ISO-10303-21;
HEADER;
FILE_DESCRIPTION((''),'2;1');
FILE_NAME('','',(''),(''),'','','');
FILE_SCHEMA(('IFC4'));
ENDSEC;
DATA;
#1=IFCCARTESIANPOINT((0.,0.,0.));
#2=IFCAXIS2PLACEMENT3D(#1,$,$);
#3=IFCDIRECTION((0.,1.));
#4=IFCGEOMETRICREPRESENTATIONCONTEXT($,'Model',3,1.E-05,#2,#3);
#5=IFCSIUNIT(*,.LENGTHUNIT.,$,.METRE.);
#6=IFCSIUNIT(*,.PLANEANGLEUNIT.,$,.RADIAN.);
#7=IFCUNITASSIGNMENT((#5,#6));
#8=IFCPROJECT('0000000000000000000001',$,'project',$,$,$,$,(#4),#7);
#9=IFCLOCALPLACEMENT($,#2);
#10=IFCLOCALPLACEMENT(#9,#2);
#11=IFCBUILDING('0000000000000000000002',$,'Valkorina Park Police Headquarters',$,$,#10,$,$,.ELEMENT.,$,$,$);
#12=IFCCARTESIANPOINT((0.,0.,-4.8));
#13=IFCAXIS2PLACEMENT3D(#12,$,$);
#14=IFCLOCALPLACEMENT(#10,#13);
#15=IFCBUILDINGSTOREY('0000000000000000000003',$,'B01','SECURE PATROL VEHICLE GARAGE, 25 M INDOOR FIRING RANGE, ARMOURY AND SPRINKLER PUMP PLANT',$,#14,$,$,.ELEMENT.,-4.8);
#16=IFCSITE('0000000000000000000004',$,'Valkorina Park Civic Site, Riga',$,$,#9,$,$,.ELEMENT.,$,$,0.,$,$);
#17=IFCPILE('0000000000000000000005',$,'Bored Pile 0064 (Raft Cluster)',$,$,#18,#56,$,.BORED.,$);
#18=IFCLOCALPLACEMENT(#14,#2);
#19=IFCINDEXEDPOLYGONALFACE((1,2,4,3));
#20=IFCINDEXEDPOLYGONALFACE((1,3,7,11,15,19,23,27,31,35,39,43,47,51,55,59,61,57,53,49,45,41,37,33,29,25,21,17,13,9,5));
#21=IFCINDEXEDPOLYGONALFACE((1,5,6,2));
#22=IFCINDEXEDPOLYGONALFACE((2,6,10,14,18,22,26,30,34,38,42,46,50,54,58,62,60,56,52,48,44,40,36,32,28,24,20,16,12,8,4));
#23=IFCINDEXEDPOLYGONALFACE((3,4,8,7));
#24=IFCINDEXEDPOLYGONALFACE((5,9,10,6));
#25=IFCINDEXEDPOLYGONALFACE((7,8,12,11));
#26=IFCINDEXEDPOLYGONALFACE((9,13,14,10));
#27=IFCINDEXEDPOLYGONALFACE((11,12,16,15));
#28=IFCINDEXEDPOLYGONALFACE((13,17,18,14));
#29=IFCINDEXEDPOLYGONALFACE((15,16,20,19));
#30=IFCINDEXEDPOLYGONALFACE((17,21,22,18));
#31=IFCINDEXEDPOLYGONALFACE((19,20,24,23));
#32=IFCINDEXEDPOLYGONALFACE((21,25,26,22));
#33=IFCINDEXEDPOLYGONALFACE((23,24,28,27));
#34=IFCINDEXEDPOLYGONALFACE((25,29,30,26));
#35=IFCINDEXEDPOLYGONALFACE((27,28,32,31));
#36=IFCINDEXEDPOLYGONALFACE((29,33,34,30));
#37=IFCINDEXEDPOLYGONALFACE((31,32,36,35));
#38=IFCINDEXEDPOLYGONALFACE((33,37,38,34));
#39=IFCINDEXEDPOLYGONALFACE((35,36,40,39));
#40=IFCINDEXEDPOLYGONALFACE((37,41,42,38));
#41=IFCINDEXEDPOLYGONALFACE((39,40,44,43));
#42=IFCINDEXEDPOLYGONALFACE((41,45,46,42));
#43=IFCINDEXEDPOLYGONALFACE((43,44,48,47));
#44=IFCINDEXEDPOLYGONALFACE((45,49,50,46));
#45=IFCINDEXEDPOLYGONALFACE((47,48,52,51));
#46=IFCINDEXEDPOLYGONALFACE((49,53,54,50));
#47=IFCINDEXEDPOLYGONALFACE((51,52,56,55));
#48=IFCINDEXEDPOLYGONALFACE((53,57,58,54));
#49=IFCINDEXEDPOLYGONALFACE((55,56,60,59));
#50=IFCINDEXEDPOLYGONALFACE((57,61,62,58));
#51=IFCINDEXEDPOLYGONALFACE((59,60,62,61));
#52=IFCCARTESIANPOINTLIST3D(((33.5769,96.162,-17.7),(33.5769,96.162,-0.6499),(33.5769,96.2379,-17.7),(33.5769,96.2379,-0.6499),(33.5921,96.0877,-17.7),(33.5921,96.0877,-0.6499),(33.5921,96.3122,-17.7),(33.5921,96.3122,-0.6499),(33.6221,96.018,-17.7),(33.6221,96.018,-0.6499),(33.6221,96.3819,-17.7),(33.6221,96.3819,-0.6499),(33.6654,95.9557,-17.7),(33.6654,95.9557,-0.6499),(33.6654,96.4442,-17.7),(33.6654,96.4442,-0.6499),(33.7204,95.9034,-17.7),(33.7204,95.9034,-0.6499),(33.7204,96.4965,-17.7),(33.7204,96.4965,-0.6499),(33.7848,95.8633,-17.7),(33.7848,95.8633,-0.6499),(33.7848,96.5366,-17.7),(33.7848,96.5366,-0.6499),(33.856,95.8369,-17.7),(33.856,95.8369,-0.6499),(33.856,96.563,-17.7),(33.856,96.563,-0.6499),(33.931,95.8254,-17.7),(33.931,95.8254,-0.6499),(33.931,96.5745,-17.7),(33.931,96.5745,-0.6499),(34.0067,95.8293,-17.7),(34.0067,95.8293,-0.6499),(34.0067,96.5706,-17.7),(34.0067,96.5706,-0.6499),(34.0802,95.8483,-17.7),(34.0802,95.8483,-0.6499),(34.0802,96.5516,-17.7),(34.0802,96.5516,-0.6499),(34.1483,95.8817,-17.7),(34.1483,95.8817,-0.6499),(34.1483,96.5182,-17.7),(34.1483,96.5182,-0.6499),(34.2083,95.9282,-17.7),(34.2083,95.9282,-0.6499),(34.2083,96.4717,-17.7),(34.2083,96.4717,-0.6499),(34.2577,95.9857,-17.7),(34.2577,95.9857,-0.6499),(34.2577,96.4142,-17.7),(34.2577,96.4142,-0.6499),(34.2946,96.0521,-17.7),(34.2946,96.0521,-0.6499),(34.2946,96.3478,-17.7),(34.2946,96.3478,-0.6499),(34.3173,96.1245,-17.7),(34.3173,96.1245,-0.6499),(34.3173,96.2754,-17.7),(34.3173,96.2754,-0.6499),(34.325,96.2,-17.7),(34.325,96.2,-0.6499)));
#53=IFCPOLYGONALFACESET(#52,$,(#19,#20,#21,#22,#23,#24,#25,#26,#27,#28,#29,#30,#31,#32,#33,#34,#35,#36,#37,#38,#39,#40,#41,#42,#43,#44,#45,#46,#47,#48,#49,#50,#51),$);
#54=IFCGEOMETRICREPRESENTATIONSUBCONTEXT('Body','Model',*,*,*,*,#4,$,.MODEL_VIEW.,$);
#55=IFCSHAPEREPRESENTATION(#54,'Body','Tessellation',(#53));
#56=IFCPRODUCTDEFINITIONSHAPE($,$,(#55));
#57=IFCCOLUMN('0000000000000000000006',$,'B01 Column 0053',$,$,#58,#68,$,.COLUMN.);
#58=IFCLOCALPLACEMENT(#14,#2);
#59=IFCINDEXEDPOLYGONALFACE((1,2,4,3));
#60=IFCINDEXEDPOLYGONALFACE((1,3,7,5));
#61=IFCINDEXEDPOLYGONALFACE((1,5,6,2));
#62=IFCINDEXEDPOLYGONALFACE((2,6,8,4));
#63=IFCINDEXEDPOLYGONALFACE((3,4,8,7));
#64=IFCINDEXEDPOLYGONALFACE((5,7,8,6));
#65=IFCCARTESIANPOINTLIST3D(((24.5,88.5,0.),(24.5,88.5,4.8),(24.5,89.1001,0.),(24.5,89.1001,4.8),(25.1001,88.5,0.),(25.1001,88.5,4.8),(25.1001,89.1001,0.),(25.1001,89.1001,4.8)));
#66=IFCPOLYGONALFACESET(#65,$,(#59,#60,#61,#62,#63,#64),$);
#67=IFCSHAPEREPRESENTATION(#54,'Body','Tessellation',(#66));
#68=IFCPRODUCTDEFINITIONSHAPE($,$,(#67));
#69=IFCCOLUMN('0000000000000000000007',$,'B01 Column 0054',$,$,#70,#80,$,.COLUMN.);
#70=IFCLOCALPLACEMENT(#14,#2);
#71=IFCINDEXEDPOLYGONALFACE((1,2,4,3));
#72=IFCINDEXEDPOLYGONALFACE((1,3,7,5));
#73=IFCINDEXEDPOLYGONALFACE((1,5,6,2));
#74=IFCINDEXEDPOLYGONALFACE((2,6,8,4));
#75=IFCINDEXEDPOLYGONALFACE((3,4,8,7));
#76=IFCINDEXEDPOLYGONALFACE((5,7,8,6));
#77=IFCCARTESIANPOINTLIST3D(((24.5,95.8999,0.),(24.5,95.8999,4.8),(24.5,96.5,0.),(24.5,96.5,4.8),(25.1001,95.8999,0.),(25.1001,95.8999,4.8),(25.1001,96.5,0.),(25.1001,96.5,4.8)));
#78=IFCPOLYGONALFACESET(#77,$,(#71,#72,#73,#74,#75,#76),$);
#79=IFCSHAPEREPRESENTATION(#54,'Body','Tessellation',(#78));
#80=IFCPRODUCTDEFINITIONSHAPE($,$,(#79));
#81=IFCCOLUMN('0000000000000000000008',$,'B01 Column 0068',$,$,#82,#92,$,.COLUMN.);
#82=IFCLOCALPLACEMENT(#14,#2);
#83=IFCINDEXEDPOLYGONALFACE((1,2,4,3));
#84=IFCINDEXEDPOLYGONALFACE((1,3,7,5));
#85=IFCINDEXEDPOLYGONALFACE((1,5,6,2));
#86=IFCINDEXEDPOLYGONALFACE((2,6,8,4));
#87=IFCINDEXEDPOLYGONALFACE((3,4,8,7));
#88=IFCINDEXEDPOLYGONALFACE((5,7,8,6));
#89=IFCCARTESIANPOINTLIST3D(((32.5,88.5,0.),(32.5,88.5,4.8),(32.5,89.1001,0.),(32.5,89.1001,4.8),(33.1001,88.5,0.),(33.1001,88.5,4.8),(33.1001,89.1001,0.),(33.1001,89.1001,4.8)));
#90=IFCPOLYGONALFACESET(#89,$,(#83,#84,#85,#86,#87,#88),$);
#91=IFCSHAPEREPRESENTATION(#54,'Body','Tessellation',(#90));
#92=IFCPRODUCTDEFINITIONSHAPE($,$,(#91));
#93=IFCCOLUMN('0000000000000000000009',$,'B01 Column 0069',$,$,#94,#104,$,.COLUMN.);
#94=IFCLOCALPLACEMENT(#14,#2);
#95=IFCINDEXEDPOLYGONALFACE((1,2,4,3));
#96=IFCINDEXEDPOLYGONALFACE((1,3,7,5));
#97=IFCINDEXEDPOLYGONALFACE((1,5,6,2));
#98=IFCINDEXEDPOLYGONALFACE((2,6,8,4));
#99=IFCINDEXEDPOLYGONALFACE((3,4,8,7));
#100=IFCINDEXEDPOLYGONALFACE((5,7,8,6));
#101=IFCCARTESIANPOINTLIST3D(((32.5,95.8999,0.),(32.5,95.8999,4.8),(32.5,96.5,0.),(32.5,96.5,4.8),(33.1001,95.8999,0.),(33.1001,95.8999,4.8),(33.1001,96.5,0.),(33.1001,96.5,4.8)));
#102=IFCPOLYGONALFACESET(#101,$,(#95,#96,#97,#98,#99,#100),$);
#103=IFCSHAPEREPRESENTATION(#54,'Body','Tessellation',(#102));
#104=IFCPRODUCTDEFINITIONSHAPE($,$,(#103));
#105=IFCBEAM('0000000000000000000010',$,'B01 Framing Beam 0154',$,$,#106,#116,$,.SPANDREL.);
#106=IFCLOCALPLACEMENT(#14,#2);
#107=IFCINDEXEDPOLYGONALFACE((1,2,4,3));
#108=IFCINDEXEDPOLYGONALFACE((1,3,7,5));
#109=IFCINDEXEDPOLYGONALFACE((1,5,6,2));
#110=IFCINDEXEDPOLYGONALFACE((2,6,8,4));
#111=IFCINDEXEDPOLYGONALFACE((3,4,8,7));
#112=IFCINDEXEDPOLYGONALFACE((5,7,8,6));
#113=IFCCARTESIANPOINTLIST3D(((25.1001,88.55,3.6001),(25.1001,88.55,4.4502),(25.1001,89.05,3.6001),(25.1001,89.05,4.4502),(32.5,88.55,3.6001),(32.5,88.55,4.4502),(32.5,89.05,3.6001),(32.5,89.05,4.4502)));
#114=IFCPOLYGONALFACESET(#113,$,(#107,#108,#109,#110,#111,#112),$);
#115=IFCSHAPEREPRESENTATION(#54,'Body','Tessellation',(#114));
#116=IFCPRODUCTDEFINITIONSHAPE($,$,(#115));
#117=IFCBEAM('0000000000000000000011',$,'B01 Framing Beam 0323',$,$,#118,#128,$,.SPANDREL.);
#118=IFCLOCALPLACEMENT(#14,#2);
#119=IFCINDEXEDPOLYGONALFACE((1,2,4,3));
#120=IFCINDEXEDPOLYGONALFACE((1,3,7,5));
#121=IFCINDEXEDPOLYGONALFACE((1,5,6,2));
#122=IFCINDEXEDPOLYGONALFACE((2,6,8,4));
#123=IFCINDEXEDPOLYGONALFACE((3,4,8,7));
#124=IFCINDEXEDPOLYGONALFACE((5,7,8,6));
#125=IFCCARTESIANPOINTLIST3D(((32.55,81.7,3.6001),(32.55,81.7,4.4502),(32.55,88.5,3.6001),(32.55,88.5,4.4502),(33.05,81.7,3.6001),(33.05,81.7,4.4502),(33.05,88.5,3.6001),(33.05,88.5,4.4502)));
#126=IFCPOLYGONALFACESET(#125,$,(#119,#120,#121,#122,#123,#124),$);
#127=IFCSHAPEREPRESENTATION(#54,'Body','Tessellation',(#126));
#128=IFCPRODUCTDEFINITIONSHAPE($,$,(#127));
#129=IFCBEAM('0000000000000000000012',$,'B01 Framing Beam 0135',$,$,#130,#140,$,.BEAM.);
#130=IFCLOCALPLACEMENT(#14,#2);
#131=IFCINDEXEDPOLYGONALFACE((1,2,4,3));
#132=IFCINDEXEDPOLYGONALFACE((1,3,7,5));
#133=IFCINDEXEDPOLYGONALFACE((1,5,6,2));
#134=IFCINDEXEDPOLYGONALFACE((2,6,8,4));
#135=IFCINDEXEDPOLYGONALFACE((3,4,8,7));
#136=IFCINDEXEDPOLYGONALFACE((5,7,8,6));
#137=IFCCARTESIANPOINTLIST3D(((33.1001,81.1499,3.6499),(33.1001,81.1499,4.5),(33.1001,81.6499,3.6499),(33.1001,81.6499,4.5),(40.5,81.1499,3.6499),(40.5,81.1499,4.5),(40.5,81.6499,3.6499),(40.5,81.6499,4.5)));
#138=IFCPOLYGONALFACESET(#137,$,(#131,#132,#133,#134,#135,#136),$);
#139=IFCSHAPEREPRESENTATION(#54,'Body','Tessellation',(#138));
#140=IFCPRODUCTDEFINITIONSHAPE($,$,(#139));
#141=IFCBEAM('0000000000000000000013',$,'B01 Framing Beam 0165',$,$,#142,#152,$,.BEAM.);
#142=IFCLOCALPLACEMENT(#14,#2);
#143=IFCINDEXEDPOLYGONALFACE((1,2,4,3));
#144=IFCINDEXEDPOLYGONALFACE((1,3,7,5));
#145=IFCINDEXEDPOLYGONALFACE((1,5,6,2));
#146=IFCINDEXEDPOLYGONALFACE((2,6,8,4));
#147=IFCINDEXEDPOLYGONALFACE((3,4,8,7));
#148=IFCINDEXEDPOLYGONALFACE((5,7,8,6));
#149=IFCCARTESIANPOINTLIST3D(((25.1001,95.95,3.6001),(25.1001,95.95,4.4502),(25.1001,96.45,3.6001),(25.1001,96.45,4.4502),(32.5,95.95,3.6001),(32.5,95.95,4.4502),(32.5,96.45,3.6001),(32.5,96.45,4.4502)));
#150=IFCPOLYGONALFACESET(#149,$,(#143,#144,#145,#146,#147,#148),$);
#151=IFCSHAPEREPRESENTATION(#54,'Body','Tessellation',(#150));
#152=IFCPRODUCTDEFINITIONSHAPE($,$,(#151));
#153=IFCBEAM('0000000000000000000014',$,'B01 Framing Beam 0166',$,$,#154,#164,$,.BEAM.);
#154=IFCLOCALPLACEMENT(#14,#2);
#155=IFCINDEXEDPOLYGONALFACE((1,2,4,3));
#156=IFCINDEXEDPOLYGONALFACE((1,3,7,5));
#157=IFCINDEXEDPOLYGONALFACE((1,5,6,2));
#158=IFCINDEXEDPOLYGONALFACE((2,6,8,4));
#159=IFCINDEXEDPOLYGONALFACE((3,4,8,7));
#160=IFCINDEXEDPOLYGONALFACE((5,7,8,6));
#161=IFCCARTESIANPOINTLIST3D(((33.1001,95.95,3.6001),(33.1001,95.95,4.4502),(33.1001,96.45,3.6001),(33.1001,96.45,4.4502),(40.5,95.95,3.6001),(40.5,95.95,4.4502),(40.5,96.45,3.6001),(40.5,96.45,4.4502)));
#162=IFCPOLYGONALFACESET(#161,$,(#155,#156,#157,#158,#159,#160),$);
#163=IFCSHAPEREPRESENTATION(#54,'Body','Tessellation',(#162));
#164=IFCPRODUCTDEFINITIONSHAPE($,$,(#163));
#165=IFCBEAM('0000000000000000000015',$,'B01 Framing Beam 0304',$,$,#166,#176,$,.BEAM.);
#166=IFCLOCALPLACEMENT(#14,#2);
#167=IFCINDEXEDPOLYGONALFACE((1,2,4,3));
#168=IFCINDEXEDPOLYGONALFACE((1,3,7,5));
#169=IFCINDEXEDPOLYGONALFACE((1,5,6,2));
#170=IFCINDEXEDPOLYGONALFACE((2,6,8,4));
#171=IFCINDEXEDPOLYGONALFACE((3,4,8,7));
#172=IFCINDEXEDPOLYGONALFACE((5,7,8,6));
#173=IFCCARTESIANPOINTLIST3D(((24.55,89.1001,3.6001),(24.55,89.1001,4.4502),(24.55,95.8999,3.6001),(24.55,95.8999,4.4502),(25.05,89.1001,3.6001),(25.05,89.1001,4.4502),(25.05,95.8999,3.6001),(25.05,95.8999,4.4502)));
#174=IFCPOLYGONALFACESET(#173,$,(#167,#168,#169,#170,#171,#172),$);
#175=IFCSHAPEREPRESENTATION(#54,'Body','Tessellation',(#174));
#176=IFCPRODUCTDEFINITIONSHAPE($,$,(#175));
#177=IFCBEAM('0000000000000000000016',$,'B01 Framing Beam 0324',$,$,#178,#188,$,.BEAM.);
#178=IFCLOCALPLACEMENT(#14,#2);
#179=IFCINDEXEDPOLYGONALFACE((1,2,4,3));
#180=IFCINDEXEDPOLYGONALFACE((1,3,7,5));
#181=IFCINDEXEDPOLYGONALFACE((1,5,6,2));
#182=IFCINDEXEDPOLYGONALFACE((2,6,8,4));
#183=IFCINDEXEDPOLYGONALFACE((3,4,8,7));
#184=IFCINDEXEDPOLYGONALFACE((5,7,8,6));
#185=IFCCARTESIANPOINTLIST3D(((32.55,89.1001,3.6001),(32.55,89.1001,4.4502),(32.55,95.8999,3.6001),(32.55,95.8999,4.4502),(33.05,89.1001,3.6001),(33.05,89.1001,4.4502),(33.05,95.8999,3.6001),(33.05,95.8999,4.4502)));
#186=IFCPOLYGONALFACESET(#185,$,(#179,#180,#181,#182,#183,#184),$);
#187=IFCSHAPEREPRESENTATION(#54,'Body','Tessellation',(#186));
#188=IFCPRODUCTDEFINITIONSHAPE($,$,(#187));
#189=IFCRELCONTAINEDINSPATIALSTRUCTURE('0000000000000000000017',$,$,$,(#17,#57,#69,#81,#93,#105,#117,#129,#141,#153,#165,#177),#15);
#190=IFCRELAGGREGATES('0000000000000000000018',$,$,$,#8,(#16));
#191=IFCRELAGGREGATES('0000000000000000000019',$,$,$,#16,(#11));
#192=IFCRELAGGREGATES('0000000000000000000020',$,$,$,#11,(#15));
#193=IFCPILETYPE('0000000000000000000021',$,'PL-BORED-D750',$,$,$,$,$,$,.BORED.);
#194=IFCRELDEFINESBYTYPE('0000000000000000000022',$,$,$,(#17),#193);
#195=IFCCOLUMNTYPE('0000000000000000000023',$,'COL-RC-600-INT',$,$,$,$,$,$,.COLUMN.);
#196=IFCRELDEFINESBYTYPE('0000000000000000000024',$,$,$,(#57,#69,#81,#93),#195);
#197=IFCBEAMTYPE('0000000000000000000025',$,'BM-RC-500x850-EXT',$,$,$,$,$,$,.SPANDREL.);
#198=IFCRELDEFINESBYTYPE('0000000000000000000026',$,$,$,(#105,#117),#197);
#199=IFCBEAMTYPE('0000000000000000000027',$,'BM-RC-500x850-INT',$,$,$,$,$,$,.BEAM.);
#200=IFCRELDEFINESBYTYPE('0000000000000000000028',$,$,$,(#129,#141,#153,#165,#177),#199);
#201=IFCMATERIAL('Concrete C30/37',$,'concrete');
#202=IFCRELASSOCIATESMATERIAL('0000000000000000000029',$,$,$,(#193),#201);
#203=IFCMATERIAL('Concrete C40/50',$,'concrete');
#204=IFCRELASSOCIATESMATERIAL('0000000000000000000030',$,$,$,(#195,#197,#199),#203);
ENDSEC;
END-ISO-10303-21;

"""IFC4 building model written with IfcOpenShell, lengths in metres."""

from ifc_helpers import new_model, si_unit, direction, frame, origin, origin_2d, place, context, subcontext, project, spatial, rectangle, circle, extrude, material, material_profile, profile_set, type_object, element, save


model = new_model("IFC4")

# Units and contexts
model_context = context("Model", 3, precision=1e-05, world=origin(), true_north=direction((0.0, 1.0)))
body_context = subcontext(model_context, "Body", "Model", "MODEL_VIEW")
ifc_project = project(units=[si_unit("LENGTHUNIT", "METRE"), si_unit("PLANEANGLEUNIT", "RADIAN")], contexts=[model_context])

# Site, building, storey
site_placement = place(None, origin())
site = spatial("IfcSite", under=ifc_project, at=site_placement, Name="Valkorina Park Civic Site, Riga", CompositionType="ELEMENT", RefElevation=0.0)
building_placement = place(site_placement, origin())
building = spatial("IfcBuilding", under=site, at=building_placement, Name="Valkorina Park Police Headquarters", CompositionType="ELEMENT")
storey_placement = place(building_placement, frame((0.0, 0.0, -4.8)))
storey = spatial("IfcBuildingStorey", under=building, at=storey_placement, Name="B01", Description="SECURE PATROL VEHICLE GARAGE, 25 M INDOOR FIRING RANGE, ARMOURY AND SPRINKLER PUMP PLANT", CompositionType="ELEMENT", Elevation=-4.8)

# Pile
ifc_material_1 = material(Name="Concrete C30/37", Category="concrete")
ifc_material_profile_1 = material_profile(ifc_material_1, circle(Radius=0.375, at=origin_2d()), Name="BORED PILE D750")
ifc_profile_set_1 = profile_set([ifc_material_profile_1], Name="Concrete C30/37")
pile_type = type_object("IfcPileType", Name="PL-BORED-D750", PredefinedType="BORED", material=ifc_profile_set_1)
for number, where, z_axis, x_axis, name in (
    (1, (33.95, 96.2, -0.6499), (0.0, 0.0, -1.0), (1.0, 0.0, 0.0), "Bored Pile 0064 (Raft Cluster)"),
):
    element("IfcPile", number, at=place(storey_placement, frame(where, z_axis=z_axis, x_axis=x_axis)), inside=storey, type_object=pile_type, Name=name, PredefinedType="BORED", context=body_context, shape_type="SweptSolid", body=[
        extrude(circle(Radius=0.375, at=origin_2d()), origin(), (0.0, 0.0, 1.0), 17.05),
    ])

# Columns
ifc_material_2 = material(Name="Concrete C40/50", Category="concrete")
ifc_material_profile_2 = material_profile(ifc_material_2, rectangle(XDim=0.6001, YDim=0.6001, at=origin_2d()), Name="RC COL 600x600")
ifc_profile_set_2 = profile_set([ifc_material_profile_2], Name="Concrete C40/50")
column_type = type_object("IfcColumnType", Name="COL-RC-600-INT", PredefinedType="COLUMN", material=ifc_profile_set_2)
for number, where, z_axis, x_axis, name in (
    (2, (24.8, 88.8, 0.0), (0.0, 0.0, 1.0), (1.0, 0.0, 0.0), "B01 Column 0053"),
    (3, (24.8, 96.2, 0.0), (0.0, 0.0, 1.0), (1.0, 0.0, 0.0), "B01 Column 0054"),
    (4, (32.8, 88.8, 0.0), (0.0, 0.0, 1.0), (1.0, 0.0, 0.0), "B01 Column 0068"),
    (5, (32.8, 96.2, 0.0), (0.0, 0.0, 1.0), (1.0, 0.0, 0.0), "B01 Column 0069"),
):
    element("IfcColumn", number, at=place(storey_placement, frame(where, z_axis=z_axis, x_axis=x_axis)), inside=storey, type_object=column_type, Name=name, PredefinedType="COLUMN", context=body_context, shape_type="SweptSolid", body=[
        extrude(rectangle(XDim=0.6001, YDim=0.6001, at=origin_2d()), origin(), (0.0, 0.0, 1.0), 4.8),
    ])

# Beams
ifc_material_profile_3 = material_profile(ifc_material_2, rectangle(XDim=0.5, YDim=0.8501, at=origin_2d()), Name="RC BEAM 500x850")
ifc_profile_set_3 = profile_set([ifc_material_profile_3], Name="Concrete C40/50")
beam_type_1 = type_object("IfcBeamType", Name="BM-RC-500x850-EXT", PredefinedType="SPANDREL", material=ifc_profile_set_3)
beam_1_placement = place(storey_placement, frame((25.1001, 88.8, 4.0251), z_axis=(1.0, 0.0, 0.0), x_axis=(0.0, 1.0, 0.0)))
element("IfcBeam", 6, at=beam_1_placement, inside=storey, type_object=beam_type_1, Name="B01 Framing Beam 0154", PredefinedType="SPANDREL", context=body_context, shape_type="SweptSolid", body=[
    extrude(rectangle(XDim=0.5, YDim=0.8501, at=origin_2d()), origin(), (0.0, 0.0, 1.0), 7.3999),
])
beam_2_placement = place(storey_placement, frame((32.8, 81.7, 4.0251), z_axis=(0.0, 1.0, 0.0), x_axis=(-1.0, 0.0, 0.0)))
element("IfcBeam", 7, at=beam_2_placement, inside=storey, type_object=beam_type_1, Name="B01 Framing Beam 0323", PredefinedType="SPANDREL", context=body_context, shape_type="SweptSolid", body=[
    extrude(rectangle(XDim=0.5, YDim=0.8501, at=origin_2d()), origin(), (0.0, 0.0, 1.0), 6.8),
])
ifc_material_profile_4 = material_profile(ifc_material_2, rectangle(XDim=0.5, YDim=0.8501, at=origin_2d()), Name="RC BEAM 500x850")
ifc_profile_set_4 = profile_set([ifc_material_profile_4], Name="Concrete C40/50")
beam_type_2 = type_object("IfcBeamType", Name="BM-RC-500x850-INT", PredefinedType="BEAM", material=ifc_profile_set_4)
for number, where, z_axis, x_axis, name in (
    (8, (33.1001, 81.3999, 4.075), (1.0, 0.0, 0.0), (0.0, 1.0, 0.0), "B01 Framing Beam 0135"),
    (9, (25.1001, 96.2, 4.0251), (1.0, 0.0, 0.0), (0.0, 1.0, 0.0), "B01 Framing Beam 0165"),
    (10, (33.1001, 96.2, 4.0251), (1.0, 0.0, 0.0), (0.0, 1.0, 0.0), "B01 Framing Beam 0166"),
):
    element("IfcBeam", number, at=place(storey_placement, frame(where, z_axis=z_axis, x_axis=x_axis)), inside=storey, type_object=beam_type_2, Name=name, PredefinedType="BEAM", context=body_context, shape_type="SweptSolid", body=[
        extrude(rectangle(XDim=0.5, YDim=0.8501, at=origin_2d()), origin(), (0.0, 0.0, 1.0), 7.3999),
    ])
for number, where, z_axis, x_axis, name in (
    (11, (24.8, 89.1001, 4.0251), (0.0, 1.0, 0.0), (-1.0, 0.0, 0.0), "B01 Framing Beam 0304"),
    (12, (32.8, 89.1001, 4.0251), (0.0, 1.0, 0.0), (-1.0, 0.0, 0.0), "B01 Framing Beam 0324"),
):
    element("IfcBeam", number, at=place(storey_placement, frame(where, z_axis=z_axis, x_axis=x_axis)), inside=storey, type_object=beam_type_2, Name=name, PredefinedType="BEAM", context=body_context, shape_type="SweptSolid", body=[
        extrude(rectangle(XDim=0.5, YDim=0.8501, at=origin_2d()), origin(), (0.0, 0.0, 1.0), 6.7998),
    ])

save(model, "model.ifc")
